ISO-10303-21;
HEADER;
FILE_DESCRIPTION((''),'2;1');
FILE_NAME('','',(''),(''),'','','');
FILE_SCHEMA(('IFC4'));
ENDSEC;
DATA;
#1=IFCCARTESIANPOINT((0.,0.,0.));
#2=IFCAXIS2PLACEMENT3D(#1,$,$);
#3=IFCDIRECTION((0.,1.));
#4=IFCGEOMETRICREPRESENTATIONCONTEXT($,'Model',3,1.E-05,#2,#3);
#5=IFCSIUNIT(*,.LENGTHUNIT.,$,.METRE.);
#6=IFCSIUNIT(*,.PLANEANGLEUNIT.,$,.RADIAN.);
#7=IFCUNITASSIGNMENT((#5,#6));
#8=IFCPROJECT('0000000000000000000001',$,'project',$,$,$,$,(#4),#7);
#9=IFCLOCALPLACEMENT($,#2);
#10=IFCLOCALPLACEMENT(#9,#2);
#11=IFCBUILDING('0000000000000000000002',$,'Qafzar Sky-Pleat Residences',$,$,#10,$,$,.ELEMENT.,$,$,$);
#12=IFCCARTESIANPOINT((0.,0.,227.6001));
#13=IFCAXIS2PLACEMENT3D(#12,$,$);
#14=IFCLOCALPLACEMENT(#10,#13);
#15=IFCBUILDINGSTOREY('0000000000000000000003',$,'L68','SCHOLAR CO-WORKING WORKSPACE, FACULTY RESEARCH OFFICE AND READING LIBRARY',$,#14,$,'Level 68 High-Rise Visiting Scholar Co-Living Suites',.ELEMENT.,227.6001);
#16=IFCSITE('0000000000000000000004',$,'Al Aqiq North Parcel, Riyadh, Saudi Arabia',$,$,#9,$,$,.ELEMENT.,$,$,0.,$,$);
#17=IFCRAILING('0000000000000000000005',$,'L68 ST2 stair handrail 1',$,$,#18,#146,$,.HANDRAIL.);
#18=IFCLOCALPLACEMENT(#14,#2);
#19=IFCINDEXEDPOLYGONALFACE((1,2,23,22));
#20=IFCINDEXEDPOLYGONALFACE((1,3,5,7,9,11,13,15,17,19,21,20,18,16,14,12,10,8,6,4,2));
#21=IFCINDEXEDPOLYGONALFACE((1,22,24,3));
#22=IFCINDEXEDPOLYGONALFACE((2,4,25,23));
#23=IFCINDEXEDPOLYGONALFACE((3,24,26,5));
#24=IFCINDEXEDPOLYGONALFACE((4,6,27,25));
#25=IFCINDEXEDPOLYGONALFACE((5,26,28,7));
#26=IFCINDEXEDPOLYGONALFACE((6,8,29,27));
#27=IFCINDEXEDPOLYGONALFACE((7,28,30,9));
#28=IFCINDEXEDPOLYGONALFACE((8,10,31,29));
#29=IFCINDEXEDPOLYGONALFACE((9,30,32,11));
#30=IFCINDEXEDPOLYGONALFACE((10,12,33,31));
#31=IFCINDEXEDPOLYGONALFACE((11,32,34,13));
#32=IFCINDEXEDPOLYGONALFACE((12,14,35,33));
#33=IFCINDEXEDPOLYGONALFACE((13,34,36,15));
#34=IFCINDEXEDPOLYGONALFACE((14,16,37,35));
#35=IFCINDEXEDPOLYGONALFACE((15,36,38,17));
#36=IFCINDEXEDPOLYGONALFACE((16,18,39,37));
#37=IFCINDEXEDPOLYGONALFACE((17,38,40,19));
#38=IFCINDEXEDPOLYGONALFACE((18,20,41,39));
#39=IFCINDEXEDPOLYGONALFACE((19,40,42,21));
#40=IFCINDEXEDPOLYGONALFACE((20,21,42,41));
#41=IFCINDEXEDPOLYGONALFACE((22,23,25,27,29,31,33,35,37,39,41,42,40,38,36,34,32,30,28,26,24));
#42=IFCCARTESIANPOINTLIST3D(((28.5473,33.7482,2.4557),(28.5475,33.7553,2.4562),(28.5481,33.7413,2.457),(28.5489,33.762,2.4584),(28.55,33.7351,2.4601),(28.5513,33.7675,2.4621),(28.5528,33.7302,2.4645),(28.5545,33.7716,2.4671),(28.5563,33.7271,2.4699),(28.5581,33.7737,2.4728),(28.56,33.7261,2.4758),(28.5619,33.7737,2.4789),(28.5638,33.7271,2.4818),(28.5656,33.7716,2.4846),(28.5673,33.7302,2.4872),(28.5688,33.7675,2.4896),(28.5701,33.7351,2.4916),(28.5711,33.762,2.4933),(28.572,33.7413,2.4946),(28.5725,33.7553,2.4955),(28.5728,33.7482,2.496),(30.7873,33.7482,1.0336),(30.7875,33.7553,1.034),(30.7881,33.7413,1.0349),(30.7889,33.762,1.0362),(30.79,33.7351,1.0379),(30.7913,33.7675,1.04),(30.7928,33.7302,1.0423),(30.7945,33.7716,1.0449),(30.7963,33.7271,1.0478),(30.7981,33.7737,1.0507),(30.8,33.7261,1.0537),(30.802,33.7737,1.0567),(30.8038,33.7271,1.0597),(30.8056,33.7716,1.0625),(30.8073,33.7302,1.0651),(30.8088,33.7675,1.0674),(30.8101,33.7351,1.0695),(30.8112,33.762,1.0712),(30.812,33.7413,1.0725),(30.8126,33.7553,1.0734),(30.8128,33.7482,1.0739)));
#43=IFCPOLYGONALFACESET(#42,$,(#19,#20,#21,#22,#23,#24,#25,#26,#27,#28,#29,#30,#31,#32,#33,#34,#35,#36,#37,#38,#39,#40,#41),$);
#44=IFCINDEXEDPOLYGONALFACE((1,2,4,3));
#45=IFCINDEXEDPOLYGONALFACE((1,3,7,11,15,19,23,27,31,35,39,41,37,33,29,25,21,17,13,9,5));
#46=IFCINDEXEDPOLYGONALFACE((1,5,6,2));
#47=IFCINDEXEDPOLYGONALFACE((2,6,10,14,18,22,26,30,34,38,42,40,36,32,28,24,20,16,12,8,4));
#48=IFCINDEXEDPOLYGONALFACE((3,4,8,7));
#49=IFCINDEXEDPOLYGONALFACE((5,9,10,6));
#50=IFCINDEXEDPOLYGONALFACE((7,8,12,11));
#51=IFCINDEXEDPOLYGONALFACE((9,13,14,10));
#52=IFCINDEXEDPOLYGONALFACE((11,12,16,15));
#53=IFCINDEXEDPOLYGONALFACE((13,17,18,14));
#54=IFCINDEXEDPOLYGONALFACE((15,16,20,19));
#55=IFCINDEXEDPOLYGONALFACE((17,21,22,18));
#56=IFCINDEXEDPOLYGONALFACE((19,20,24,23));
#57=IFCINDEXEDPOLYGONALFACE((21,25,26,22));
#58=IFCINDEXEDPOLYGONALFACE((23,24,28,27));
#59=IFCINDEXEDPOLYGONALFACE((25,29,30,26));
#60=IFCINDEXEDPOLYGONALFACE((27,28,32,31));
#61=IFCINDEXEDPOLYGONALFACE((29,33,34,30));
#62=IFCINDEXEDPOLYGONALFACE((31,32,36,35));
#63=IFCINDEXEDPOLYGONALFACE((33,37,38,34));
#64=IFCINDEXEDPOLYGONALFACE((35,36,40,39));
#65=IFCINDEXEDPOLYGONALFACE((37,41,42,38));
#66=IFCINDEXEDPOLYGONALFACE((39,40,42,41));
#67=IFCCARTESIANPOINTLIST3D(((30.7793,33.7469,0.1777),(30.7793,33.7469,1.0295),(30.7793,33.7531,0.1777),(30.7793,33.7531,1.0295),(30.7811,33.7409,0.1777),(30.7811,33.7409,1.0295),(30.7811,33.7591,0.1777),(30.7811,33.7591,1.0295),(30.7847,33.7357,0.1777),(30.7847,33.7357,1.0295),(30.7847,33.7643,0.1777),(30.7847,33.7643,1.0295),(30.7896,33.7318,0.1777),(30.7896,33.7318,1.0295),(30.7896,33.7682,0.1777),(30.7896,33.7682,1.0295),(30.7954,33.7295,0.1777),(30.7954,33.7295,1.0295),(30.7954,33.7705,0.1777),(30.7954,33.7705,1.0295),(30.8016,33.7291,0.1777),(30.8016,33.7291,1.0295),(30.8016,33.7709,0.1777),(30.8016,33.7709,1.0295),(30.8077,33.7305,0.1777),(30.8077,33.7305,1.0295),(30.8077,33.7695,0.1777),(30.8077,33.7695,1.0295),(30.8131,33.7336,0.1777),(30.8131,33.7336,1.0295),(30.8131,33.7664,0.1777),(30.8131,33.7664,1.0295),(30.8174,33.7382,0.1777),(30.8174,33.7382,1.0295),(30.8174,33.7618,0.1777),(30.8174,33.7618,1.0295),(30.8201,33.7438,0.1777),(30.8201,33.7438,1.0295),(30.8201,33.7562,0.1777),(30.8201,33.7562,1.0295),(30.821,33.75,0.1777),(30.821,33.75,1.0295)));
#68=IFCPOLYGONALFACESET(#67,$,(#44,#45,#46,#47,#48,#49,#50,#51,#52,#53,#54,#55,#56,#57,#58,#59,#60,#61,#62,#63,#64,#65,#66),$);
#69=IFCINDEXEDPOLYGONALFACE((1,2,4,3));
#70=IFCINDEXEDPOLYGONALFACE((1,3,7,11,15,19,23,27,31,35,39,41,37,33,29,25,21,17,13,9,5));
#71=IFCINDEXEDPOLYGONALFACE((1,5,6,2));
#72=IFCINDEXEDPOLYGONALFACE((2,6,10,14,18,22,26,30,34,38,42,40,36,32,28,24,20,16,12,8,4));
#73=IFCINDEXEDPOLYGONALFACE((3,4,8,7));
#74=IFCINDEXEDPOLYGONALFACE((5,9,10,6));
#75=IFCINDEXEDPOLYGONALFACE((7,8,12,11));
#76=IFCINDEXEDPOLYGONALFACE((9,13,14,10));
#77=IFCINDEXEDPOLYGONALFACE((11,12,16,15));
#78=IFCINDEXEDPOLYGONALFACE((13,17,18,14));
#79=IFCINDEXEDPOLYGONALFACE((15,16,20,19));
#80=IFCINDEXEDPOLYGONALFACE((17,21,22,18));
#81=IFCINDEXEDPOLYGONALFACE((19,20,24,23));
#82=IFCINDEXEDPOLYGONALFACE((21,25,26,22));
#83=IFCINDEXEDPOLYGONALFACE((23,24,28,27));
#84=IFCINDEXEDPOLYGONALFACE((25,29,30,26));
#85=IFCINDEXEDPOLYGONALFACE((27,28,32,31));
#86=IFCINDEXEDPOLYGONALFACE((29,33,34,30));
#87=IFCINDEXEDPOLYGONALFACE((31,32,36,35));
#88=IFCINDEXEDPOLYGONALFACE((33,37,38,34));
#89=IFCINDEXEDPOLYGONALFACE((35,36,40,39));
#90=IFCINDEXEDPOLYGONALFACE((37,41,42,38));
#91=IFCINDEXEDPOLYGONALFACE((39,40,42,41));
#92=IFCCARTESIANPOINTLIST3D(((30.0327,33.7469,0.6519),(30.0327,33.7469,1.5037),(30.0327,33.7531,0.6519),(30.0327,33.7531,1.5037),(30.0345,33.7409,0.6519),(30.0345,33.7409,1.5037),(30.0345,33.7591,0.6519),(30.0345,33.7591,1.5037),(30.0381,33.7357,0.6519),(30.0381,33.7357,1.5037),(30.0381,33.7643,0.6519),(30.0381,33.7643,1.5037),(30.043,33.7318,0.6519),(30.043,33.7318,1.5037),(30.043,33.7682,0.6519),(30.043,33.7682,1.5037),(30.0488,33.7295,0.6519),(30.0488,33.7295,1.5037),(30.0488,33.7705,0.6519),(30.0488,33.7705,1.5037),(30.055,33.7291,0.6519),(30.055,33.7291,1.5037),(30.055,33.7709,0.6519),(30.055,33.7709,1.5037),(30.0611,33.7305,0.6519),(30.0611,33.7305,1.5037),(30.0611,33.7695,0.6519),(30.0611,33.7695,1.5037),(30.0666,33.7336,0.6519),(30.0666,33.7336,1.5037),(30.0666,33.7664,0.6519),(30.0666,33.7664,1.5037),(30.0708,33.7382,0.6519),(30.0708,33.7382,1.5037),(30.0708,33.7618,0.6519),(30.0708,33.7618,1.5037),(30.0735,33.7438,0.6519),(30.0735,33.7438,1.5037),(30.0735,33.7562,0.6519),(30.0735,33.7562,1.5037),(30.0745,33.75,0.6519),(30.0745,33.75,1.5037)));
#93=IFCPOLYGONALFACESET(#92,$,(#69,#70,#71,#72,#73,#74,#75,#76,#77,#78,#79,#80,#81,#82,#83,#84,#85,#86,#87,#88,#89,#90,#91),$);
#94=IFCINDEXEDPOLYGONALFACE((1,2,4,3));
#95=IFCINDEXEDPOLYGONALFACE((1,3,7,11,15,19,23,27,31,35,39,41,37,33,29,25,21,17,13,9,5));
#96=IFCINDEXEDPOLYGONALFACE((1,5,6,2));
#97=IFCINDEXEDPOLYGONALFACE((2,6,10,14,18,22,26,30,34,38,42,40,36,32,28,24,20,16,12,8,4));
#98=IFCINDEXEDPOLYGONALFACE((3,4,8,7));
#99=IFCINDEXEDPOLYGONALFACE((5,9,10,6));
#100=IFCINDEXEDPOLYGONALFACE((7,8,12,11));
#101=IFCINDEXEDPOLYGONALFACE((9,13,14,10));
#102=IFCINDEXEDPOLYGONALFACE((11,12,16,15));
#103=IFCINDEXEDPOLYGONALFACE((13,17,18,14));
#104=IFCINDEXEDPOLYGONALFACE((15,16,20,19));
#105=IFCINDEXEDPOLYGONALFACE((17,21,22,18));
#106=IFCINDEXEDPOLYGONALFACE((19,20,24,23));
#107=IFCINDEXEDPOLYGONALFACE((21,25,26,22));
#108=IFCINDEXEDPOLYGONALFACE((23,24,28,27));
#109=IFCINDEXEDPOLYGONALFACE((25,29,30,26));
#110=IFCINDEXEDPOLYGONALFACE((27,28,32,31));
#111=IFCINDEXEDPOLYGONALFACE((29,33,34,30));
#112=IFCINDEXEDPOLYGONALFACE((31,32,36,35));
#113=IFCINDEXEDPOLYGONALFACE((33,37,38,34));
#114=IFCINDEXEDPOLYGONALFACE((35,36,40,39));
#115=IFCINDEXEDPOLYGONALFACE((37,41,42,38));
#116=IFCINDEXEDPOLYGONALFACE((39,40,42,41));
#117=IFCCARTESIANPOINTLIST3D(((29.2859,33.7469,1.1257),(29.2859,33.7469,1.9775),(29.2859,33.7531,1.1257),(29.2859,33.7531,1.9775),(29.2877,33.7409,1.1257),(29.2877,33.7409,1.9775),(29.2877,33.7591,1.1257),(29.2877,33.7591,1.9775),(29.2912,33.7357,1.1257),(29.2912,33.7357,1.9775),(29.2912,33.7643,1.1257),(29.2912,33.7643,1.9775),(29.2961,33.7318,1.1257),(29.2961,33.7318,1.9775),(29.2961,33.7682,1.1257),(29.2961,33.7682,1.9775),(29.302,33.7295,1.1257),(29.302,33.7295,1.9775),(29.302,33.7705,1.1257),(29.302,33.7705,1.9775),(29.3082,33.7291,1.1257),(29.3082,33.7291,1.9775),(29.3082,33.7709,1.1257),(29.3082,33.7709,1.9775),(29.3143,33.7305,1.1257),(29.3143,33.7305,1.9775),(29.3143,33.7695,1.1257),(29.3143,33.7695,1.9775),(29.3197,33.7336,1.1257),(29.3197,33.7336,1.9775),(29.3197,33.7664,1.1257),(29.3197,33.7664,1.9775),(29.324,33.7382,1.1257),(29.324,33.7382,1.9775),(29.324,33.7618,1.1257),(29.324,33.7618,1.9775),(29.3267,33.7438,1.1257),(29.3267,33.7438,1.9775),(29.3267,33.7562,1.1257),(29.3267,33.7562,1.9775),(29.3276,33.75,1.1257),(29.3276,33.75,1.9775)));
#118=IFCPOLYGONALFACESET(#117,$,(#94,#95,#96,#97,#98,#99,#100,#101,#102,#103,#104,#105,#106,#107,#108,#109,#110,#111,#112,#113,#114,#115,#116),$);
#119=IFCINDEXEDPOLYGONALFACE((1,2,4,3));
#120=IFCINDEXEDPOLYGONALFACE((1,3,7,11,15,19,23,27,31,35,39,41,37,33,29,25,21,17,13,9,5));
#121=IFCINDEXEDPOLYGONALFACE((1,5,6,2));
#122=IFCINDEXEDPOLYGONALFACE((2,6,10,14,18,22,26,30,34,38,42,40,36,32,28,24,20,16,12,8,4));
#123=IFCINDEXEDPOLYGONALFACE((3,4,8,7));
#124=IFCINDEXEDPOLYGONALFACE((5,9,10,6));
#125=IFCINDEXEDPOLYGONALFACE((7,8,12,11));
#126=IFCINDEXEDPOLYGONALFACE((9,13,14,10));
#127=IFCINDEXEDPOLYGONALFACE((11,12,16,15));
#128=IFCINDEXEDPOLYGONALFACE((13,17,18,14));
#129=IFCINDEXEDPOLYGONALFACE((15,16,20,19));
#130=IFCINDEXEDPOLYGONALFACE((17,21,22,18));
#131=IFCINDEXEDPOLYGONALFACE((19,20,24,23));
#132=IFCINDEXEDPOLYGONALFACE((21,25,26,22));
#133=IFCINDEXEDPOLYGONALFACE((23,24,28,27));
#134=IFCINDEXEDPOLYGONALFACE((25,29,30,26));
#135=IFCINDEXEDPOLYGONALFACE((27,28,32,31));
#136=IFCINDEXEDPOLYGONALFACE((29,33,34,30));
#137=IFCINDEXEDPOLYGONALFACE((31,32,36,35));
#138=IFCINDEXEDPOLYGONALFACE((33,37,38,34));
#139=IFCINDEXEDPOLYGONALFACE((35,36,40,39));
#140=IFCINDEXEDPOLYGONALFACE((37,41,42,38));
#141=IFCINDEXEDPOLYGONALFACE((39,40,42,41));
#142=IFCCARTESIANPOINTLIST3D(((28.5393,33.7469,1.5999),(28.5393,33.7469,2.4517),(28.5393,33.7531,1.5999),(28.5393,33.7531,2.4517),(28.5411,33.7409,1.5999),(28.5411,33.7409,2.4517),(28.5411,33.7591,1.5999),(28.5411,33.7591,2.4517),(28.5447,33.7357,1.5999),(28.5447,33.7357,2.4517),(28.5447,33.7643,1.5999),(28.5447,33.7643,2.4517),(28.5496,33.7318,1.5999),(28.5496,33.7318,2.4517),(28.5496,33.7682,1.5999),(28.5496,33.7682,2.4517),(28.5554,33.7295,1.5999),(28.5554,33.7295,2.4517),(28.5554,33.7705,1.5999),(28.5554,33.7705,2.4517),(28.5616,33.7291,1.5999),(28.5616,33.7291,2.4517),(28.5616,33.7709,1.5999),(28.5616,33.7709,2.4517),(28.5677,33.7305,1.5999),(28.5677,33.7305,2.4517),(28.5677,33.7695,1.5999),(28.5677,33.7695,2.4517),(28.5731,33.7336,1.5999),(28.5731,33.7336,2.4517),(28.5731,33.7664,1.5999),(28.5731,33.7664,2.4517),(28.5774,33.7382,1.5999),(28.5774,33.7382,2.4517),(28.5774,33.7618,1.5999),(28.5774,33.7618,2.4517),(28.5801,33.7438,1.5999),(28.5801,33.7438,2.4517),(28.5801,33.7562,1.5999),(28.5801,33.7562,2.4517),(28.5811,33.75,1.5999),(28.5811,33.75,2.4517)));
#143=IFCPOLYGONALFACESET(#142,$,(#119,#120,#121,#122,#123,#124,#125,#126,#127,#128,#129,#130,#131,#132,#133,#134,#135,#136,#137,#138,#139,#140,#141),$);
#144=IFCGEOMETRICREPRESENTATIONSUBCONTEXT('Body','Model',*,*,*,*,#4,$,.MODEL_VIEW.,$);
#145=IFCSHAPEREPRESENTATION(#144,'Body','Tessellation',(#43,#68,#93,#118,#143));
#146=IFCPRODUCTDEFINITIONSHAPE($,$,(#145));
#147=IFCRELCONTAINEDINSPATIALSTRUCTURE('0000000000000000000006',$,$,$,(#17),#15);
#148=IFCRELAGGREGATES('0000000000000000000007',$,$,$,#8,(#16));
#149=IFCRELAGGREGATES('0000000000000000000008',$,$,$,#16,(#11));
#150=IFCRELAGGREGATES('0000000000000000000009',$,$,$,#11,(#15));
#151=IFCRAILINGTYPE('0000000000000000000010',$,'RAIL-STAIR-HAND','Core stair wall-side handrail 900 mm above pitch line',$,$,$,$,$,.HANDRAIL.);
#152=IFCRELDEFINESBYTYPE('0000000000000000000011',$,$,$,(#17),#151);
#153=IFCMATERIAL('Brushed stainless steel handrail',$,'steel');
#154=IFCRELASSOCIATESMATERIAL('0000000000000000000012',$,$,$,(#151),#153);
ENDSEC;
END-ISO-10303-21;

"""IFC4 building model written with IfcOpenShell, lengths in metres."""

from ifc_helpers import new_model, si_unit, direction, frame, origin, origin_2d, place, context, subcontext, project, spatial, circle, extrude, source, transform, mapped, material, type_object, element, save


model = new_model("IFC4")

# Units and contexts
model_context = context("Model", 3, precision=1e-05, world=origin(), true_north=direction((0.0, 1.0)))
body_context = subcontext(model_context, "Body", "Model", "MODEL_VIEW")
ifc_project = project(units=[si_unit("LENGTHUNIT", "METRE"), si_unit("PLANEANGLEUNIT", "RADIAN")], contexts=[model_context])

# Site, building, storey
site_placement = place(None, origin())
site = spatial("IfcSite", under=ifc_project, at=site_placement, Name="Al Aqiq North Parcel, Riyadh, Saudi Arabia", CompositionType="ELEMENT", RefElevation=0.0)
building_placement = place(site_placement, origin())
building = spatial("IfcBuilding", under=site, at=building_placement, Name="Qafzar Sky-Pleat Residences", CompositionType="ELEMENT")
storey_placement = place(building_placement, frame((0.0, 0.0, 227.6001)))
storey = spatial("IfcBuildingStorey", under=building, at=storey_placement, Name="L68", Description="SCHOLAR CO-WORKING WORKSPACE, FACULTY RESEARCH OFFICE AND READING LIBRARY", LongName="Level 68 High-Rise Visiting Scholar Co-Living Suites", CompositionType="ELEMENT", Elevation=227.6001)

# Railing
ifc_material_1 = material(Name="Brushed stainless steel handrail", Category="steel")
railing_type_1 = type_object("IfcRailingType", Name="RAIL-STAIR-HAND", Description="Core stair wall-side handrail 900 mm above pitch line", PredefinedType="HANDRAIL", material=ifc_material_1)
shared_shape_1 = source(origin(), body_context, "Body", "SweptSolid", [
    extrude(circle(Radius=0.0239, at=origin_2d()), frame((0.0, 0.0, 0.876), z_axis=(-0.844229, 0.0, 0.535982), x_axis=(0.0, -1.0, 0.0)), (0.0, 0.0, 1.0), 2.6533),
    extrude(circle(Radius=0.021, at=origin_2d()), origin(), (0.0, 0.0, 1.0), 0.8518),
    extrude(circle(Radius=0.021, at=origin_2d()), frame((-0.7466, 0.0, 0.4741)), (0.0, 0.0, 1.0), 0.8518),
    extrude(circle(Radius=0.021, at=origin_2d()), frame((-1.4934, 0.0, 0.948)), (0.0, 0.0, 1.0), 0.8518),
    extrude(circle(Radius=0.021, at=origin_2d()), frame((-2.24, 0.0, 1.4221)), (0.0, 0.0, 1.0), 0.8518),
])
railing_1_placement = place(storey_placement, frame((30.8, 33.75, 0.1777)))
element("IfcRailing", 1, at=railing_1_placement, inside=storey, type_object=railing_type_1, Name="L68 ST2 stair handrail 1", PredefinedType="HANDRAIL", context=body_context, shape_type="MappedRepresentation", body=[
    mapped(shared_shape_1, transform((0.0, 0.0, 0.0), x_axis=(1.0, 0.0, 0.0), y_axis=(0.0, 1.0, 0.0), z_axis=(0.0, 0.0, 1.0), scale=1.0)),
])

save(model, "model.ifc")
